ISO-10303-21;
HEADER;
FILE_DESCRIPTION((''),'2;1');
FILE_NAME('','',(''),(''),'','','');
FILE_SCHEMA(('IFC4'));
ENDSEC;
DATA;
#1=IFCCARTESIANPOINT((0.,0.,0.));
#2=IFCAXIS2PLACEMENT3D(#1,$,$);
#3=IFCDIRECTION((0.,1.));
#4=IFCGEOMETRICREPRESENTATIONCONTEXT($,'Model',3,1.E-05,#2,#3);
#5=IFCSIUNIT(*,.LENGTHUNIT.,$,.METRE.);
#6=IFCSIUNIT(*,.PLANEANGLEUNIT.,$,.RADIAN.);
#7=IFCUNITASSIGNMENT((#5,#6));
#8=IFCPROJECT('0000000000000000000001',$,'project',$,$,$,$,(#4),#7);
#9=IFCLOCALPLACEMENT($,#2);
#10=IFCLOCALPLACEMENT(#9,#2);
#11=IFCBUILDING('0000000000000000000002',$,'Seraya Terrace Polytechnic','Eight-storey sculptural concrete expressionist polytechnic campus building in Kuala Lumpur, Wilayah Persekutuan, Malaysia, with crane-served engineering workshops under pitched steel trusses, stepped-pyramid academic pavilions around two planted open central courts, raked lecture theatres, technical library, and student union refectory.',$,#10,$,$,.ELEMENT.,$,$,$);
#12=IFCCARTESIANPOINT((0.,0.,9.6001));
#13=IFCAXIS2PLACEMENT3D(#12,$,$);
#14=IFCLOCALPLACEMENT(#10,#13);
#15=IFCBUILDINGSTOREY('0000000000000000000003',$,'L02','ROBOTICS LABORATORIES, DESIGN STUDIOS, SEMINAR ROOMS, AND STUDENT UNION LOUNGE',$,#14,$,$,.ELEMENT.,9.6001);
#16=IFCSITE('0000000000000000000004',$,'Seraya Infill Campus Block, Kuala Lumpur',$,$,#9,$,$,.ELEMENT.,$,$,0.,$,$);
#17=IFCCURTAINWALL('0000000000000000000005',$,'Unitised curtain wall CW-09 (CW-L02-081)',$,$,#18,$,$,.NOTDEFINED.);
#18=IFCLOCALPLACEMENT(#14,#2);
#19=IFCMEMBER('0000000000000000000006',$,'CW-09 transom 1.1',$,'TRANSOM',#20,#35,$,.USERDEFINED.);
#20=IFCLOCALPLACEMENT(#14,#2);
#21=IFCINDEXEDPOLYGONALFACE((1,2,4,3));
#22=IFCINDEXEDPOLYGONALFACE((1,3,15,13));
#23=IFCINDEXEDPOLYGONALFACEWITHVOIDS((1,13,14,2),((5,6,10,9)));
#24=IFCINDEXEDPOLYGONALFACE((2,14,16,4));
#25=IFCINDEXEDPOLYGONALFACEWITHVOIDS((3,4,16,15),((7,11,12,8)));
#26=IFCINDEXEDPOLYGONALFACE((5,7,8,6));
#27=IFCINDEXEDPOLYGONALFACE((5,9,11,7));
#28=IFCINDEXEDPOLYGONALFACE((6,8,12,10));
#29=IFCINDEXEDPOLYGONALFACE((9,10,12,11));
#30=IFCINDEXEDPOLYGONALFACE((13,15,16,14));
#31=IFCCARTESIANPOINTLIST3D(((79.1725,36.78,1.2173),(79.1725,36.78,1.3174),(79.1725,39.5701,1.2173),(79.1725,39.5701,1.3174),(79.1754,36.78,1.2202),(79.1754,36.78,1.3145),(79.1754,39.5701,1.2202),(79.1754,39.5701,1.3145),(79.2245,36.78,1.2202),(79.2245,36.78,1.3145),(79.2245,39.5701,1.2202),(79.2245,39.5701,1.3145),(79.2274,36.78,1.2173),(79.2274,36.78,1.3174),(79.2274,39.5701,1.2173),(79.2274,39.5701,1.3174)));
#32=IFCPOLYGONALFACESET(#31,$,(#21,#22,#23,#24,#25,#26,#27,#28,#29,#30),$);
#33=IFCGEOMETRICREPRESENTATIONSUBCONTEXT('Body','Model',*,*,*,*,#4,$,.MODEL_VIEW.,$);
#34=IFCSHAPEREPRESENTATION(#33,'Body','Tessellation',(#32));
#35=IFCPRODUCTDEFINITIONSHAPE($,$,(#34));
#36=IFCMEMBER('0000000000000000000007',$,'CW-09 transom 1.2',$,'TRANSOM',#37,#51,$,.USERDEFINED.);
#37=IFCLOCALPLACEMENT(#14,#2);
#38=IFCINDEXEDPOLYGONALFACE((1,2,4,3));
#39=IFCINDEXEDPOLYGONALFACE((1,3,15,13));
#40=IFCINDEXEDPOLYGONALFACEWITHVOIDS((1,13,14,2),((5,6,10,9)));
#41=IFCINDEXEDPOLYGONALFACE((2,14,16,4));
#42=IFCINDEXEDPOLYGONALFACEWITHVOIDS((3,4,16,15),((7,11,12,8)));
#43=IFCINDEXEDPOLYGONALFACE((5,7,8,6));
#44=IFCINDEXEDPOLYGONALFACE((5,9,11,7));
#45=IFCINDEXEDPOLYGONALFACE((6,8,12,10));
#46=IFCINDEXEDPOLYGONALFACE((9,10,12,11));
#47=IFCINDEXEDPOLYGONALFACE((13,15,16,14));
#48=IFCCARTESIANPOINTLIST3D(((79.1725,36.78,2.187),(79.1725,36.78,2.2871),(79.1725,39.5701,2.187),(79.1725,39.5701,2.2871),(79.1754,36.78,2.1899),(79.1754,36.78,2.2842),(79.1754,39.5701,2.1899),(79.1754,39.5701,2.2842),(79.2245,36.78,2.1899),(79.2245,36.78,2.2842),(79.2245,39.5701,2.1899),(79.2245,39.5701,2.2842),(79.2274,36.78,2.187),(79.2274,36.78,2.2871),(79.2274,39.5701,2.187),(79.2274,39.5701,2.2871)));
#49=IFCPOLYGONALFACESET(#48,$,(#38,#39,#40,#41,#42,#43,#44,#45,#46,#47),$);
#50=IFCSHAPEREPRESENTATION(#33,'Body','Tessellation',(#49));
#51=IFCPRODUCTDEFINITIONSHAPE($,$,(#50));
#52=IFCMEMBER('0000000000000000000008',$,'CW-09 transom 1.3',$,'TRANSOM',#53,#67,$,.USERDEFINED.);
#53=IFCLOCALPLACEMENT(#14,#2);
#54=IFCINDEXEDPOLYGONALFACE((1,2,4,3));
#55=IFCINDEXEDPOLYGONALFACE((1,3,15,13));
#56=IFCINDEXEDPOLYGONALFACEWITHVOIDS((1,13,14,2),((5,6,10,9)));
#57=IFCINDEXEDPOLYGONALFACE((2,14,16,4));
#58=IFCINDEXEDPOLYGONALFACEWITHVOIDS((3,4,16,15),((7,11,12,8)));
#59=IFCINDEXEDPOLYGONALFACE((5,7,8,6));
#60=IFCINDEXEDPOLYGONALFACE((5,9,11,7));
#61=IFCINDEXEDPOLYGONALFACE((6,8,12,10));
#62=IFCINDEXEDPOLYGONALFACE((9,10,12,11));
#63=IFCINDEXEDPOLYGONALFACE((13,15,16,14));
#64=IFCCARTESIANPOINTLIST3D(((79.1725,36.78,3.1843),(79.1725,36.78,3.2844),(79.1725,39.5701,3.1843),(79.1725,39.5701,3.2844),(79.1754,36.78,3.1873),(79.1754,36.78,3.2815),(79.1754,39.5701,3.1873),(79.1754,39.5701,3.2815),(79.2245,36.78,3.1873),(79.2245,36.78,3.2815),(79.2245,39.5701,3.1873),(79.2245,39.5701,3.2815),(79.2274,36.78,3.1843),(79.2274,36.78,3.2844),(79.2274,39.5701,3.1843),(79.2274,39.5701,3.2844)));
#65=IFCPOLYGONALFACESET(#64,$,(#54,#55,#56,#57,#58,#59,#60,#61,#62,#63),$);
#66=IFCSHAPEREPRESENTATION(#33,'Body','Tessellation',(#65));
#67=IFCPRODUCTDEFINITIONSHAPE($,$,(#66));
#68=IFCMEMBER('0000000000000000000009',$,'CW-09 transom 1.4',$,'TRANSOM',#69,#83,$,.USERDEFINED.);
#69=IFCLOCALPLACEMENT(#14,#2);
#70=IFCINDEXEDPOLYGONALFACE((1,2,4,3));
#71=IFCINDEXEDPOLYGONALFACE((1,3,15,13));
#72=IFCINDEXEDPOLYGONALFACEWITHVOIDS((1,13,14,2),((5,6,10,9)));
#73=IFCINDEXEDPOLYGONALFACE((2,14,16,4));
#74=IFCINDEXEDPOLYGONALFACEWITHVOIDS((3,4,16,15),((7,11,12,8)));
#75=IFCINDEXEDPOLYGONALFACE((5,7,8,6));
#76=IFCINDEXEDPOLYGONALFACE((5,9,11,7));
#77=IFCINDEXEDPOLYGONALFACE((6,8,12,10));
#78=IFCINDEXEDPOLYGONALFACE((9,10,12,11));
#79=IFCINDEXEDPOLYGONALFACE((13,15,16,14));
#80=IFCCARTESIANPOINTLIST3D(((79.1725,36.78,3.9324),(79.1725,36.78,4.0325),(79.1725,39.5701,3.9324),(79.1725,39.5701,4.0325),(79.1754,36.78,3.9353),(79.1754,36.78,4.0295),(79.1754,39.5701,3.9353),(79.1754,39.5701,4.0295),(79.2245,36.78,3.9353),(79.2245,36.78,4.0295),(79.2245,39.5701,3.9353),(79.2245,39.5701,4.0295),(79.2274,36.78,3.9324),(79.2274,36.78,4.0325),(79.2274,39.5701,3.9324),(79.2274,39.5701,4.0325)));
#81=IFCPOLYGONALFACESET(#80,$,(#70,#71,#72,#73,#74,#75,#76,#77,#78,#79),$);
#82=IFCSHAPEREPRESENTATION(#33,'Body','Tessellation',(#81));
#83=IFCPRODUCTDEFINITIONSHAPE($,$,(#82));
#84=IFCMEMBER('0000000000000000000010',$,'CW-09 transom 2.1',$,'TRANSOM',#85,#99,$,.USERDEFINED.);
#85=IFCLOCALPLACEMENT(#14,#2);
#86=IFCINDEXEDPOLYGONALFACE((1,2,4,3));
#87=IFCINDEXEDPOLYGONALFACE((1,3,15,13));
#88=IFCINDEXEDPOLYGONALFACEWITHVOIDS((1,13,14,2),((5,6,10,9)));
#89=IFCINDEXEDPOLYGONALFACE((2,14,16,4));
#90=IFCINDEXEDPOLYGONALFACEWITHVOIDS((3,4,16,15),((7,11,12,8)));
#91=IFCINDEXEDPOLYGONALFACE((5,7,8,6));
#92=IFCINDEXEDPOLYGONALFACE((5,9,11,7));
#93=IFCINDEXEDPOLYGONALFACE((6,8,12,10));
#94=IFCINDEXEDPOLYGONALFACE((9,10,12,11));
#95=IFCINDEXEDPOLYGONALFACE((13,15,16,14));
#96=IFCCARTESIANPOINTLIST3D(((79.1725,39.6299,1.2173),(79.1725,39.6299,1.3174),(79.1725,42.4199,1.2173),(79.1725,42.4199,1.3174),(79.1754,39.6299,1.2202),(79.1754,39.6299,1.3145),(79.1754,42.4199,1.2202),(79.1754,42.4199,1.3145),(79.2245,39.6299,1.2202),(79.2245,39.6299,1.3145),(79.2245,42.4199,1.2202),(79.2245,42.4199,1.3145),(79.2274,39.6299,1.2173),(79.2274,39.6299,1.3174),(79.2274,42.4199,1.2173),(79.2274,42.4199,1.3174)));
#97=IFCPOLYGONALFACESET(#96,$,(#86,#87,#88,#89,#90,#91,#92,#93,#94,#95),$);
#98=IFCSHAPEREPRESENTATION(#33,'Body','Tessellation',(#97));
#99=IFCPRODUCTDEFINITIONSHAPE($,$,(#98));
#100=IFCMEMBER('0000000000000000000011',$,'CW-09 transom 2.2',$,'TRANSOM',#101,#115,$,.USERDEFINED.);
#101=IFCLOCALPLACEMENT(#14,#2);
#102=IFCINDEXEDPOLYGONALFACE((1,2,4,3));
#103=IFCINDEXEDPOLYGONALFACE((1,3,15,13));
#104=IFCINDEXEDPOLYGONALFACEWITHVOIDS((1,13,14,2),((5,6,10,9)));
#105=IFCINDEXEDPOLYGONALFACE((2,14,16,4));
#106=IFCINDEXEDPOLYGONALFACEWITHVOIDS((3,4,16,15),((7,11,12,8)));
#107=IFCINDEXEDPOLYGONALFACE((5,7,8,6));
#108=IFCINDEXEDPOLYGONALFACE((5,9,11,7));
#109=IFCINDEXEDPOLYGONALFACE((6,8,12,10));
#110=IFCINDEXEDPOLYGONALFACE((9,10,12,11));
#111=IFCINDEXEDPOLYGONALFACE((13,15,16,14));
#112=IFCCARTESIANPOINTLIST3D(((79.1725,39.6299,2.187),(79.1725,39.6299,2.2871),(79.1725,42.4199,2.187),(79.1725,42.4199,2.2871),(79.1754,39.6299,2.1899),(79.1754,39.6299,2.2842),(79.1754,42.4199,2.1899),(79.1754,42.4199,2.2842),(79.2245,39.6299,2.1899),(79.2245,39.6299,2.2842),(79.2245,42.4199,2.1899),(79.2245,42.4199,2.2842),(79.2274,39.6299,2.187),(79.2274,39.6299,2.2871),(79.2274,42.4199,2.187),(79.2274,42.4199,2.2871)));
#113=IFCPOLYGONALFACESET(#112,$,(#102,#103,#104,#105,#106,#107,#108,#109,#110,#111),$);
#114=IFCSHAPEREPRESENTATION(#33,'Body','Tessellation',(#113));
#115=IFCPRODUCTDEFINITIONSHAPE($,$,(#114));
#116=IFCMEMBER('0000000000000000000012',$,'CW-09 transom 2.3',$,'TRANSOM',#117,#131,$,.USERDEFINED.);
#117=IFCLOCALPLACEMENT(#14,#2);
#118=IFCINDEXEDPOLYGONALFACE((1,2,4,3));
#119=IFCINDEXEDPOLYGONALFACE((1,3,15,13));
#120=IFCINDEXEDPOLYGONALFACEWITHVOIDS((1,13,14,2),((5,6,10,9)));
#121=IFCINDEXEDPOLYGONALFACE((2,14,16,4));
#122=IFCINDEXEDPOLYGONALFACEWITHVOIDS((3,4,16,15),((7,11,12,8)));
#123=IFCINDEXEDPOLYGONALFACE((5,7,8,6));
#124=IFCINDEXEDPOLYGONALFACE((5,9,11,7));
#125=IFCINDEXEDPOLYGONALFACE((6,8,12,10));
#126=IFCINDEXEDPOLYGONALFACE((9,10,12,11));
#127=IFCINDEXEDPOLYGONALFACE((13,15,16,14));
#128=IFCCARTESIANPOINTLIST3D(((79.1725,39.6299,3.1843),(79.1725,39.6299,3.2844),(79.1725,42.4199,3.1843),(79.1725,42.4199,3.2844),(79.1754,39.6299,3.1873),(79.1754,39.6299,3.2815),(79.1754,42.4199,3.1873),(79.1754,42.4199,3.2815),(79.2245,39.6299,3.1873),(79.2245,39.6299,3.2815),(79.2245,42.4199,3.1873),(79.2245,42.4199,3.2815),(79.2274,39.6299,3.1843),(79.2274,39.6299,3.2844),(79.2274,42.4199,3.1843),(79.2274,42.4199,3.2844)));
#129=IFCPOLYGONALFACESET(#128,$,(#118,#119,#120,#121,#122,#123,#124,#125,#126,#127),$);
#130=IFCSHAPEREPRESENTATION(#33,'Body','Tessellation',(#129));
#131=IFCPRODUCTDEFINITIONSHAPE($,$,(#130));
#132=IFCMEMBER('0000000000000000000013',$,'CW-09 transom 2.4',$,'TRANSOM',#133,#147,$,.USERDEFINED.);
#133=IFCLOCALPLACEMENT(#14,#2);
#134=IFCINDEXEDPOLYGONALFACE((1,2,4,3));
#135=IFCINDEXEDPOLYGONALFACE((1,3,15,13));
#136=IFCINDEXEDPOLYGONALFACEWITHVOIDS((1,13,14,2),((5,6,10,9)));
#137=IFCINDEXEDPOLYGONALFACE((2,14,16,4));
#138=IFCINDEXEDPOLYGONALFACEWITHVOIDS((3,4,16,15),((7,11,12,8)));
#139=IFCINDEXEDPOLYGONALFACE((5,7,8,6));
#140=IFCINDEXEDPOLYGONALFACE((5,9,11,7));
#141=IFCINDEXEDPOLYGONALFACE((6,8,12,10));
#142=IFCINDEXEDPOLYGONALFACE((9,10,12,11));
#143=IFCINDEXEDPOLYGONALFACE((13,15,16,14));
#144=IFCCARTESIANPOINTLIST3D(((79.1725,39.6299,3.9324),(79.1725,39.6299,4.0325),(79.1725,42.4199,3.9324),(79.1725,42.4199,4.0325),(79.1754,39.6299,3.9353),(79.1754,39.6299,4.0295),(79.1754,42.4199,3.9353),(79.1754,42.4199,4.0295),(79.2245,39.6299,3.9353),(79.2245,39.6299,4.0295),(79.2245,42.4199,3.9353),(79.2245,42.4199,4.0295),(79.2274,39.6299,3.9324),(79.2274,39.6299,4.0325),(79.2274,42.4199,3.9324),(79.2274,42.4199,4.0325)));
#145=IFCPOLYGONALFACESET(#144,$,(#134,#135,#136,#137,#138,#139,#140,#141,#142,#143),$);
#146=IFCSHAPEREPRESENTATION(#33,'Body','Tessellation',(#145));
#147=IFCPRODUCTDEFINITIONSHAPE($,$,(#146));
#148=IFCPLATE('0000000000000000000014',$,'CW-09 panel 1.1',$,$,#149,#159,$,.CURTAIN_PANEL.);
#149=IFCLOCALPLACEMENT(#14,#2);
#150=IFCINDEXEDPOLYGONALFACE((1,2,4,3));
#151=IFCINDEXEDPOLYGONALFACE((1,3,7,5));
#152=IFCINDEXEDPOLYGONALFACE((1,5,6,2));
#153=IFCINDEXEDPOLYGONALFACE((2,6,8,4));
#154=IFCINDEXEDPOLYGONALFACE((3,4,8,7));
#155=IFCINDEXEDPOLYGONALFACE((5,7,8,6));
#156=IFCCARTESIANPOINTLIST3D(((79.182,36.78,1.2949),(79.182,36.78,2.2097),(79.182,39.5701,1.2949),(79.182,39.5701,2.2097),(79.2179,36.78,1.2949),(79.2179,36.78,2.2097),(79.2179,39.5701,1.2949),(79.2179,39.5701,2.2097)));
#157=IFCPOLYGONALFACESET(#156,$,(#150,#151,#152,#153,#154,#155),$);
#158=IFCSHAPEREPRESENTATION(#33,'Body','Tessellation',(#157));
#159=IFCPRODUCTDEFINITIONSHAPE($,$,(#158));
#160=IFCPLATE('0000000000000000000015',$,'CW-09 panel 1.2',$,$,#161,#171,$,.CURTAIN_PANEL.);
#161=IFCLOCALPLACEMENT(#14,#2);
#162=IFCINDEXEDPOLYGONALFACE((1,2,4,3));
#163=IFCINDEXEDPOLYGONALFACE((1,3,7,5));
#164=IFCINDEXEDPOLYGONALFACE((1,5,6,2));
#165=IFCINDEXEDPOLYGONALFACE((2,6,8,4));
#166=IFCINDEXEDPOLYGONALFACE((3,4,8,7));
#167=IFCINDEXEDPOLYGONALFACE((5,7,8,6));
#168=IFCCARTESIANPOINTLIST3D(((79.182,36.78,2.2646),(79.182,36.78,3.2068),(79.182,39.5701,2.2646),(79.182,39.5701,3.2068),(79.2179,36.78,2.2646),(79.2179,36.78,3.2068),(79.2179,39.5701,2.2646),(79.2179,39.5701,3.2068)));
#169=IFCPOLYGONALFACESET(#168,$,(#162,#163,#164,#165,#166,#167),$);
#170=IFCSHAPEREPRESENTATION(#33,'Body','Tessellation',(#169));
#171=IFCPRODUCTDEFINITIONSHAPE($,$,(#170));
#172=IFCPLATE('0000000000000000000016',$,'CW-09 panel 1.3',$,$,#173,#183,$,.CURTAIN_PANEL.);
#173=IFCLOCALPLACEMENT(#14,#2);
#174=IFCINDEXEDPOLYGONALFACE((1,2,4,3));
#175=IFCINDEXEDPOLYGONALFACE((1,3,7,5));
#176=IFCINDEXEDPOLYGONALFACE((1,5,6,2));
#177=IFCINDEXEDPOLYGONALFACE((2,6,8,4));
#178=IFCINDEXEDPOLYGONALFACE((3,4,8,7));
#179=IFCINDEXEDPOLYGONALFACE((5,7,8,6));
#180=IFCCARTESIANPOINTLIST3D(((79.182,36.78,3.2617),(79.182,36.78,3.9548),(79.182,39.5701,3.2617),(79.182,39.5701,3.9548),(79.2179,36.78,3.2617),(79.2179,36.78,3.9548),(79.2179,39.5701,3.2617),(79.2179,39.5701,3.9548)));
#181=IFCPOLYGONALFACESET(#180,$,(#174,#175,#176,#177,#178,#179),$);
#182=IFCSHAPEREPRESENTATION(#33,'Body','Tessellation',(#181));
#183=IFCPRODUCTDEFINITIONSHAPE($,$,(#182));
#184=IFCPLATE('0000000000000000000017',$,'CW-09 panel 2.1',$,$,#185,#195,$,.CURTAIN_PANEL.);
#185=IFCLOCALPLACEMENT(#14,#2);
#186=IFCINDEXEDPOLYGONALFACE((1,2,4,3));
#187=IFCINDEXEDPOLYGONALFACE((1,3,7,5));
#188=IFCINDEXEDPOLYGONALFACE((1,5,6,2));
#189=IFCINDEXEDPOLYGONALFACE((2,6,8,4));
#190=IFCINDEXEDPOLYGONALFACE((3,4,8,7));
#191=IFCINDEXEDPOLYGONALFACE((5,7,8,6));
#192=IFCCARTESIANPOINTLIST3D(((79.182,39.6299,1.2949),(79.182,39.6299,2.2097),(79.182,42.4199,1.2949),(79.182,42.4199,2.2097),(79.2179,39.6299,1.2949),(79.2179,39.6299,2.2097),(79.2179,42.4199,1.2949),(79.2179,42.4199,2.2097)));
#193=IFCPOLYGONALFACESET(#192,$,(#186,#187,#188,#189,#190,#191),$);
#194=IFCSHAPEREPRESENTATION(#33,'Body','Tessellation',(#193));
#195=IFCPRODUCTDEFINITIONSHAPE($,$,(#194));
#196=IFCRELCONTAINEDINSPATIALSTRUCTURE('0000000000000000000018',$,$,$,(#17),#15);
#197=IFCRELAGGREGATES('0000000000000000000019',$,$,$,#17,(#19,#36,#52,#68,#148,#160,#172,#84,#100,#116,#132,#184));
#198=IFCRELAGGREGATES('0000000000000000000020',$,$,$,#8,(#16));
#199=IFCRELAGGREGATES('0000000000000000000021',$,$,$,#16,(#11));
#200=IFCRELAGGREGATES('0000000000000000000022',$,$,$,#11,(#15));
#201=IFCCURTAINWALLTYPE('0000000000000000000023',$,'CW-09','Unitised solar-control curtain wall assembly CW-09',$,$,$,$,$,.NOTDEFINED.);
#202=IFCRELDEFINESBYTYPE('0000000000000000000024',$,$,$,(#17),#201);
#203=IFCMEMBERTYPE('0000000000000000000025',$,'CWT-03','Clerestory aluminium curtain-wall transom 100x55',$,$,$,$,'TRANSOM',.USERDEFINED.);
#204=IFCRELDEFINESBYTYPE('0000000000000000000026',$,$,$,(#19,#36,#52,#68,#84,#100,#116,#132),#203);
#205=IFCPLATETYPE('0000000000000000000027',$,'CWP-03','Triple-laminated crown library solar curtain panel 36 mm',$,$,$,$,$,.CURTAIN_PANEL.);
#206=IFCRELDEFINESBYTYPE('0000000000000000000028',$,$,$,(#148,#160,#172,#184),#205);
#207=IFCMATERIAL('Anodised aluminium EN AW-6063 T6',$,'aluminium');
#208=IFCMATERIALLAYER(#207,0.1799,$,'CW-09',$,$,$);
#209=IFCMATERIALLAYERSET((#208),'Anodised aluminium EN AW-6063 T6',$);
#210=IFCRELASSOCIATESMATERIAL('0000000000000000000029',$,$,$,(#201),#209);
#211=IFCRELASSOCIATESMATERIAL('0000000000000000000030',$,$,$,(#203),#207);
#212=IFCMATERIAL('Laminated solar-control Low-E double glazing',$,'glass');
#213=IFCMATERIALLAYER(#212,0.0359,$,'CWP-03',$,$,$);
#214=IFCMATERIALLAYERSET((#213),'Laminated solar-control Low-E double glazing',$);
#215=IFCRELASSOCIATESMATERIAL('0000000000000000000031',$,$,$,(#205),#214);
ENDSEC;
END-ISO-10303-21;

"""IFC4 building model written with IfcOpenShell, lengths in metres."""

from ifc_helpers import new_model, si_unit, direction, frame, origin, origin_2d, place, context, subcontext, project, spatial, rectangle, hollow_rectangle, extrude, material, layer, layer_set, material_profile, profile_set, type_object, element, aggregate, save


model = new_model("IFC4")

# Units and contexts
model_context = context("Model", 3, precision=1e-05, world=origin(), true_north=direction((0.0, 1.0)))
body_context = subcontext(model_context, "Body", "Model", "MODEL_VIEW")
ifc_project = project(units=[si_unit("LENGTHUNIT", "METRE"), si_unit("PLANEANGLEUNIT", "RADIAN")], contexts=[model_context])

# Site, building, storey
site_placement = place(None, origin())
site = spatial("IfcSite", under=ifc_project, at=site_placement, Name="Seraya Infill Campus Block, Kuala Lumpur", CompositionType="ELEMENT", RefElevation=0.0)
building_placement = place(site_placement, origin())
building = spatial("IfcBuilding", under=site, at=building_placement, Name="Seraya Terrace Polytechnic", Description="Eight-storey sculptural concrete expressionist polytechnic campus building in Kuala Lumpur, Wilayah Persekutuan, Malaysia, with crane-served engineering workshops under pitched steel trusses, stepped-pyramid academic pavilions around two planted open central courts, raked lecture theatres, technical library, and student union refectory.", CompositionType="ELEMENT")
storey_placement = place(building_placement, frame((0.0, 0.0, 9.6001)))
storey = spatial("IfcBuildingStorey", under=building, at=storey_placement, Name="L02", Description="ROBOTICS LABORATORIES, DESIGN STUDIOS, SEMINAR ROOMS, AND STUDENT UNION LOUNGE", CompositionType="ELEMENT", Elevation=9.6001)

# Curtain wall, members, plates
ifc_material_1 = material(Name="Anodised aluminium EN AW-6063 T6", Category="aluminium")
ifc_layer_1 = layer(ifc_material_1, 0.1799, Name="CW-09")
ifc_layer_set_1 = layer_set([ifc_layer_1], Name="Anodised aluminium EN AW-6063 T6")
curtain_wall_type = type_object("IfcCurtainWallType", Name="CW-09", Description="Unitised solar-control curtain wall assembly CW-09", PredefinedType="NOTDEFINED", material=ifc_layer_set_1)
curtain_wall_placement = place(storey_placement, origin())
curtain_wall = element("IfcCurtainWall", 1, at=curtain_wall_placement, inside=storey, type_object=curtain_wall_type, Name="Unitised curtain wall CW-09 (CW-L02-081)", PredefinedType="NOTDEFINED")
ifc_material_profile_1 = material_profile(ifc_material_1, hollow_rectangle(XDim=0.0549, YDim=0.1001, WallThickness=0.0029, at=origin_2d()), Name="RHS 100x55x3.0")
ifc_profile_set_1 = profile_set([ifc_material_profile_1], Name="Anodised aluminium EN AW-6063 T6")
member_type_1 = type_object("IfcMemberType", Name="CWT-03", Description="Clerestory aluminium curtain-wall transom 100x55", ElementType="TRANSOM", PredefinedType="USERDEFINED", material=ifc_profile_set_1)
member_1_placement = place(storey_placement, frame((79.2, 36.78, 1.2673), z_axis=(0.0, 1.0, 0.0), x_axis=(-1.0, 0.0, 0.0)))
member_1 = element("IfcMember", 2, at=member_1_placement, type_object=member_type_1, Name="CW-09 transom 1.1", ObjectType="TRANSOM", PredefinedType="USERDEFINED", context=body_context, shape_type="SweptSolid", body=[
    extrude(hollow_rectangle(XDim=0.0549, YDim=0.1001, WallThickness=0.0029, at=origin_2d()), origin(), (0.0, 0.0, 1.0), 2.79),
])
member_2_placement = place(storey_placement, frame((79.2, 36.78, 2.2371), z_axis=(0.0, 1.0, 0.0), x_axis=(-1.0, 0.0, 0.0)))
member_2 = element("IfcMember", 3, at=member_2_placement, type_object=member_type_1, Name="CW-09 transom 1.2", ObjectType="TRANSOM", PredefinedType="USERDEFINED", context=body_context, shape_type="SweptSolid", body=[
    extrude(hollow_rectangle(XDim=0.0549, YDim=0.1001, WallThickness=0.0029, at=origin_2d()), origin(), (0.0, 0.0, 1.0), 2.79),
])
member_3_placement = place(storey_placement, frame((79.2, 36.78, 3.2344), z_axis=(0.0, 1.0, 0.0), x_axis=(-1.0, 0.0, 0.0)))
member_3 = element("IfcMember", 4, at=member_3_placement, type_object=member_type_1, Name="CW-09 transom 1.3", ObjectType="TRANSOM", PredefinedType="USERDEFINED", context=body_context, shape_type="SweptSolid", body=[
    extrude(hollow_rectangle(XDim=0.0549, YDim=0.1001, WallThickness=0.0029, at=origin_2d()), origin(), (0.0, 0.0, 1.0), 2.79),
])
member_4_placement = place(storey_placement, frame((79.2, 36.78, 3.9824), z_axis=(0.0, 1.0, 0.0), x_axis=(-1.0, 0.0, 0.0)))
member_4 = element("IfcMember", 5, at=member_4_placement, type_object=member_type_1, Name="CW-09 transom 1.4", ObjectType="TRANSOM", PredefinedType="USERDEFINED", context=body_context, shape_type="SweptSolid", body=[
    extrude(hollow_rectangle(XDim=0.0549, YDim=0.1001, WallThickness=0.0029, at=origin_2d()), origin(), (0.0, 0.0, 1.0), 2.79),
])
member_5_placement = place(storey_placement, frame((79.2, 39.6299, 1.2673), z_axis=(0.0, 1.0, 0.0), x_axis=(-1.0, 0.0, 0.0)))
member_5 = element("IfcMember", 6, at=member_5_placement, type_object=member_type_1, Name="CW-09 transom 2.1", ObjectType="TRANSOM", PredefinedType="USERDEFINED", context=body_context, shape_type="SweptSolid", body=[
    extrude(hollow_rectangle(XDim=0.0549, YDim=0.1001, WallThickness=0.0029, at=origin_2d()), origin(), (0.0, 0.0, 1.0), 2.79),
])
member_6_placement = place(storey_placement, frame((79.2, 39.6299, 2.2371), z_axis=(0.0, 1.0, 0.0), x_axis=(-1.0, 0.0, 0.0)))
member_6 = element("IfcMember", 7, at=member_6_placement, type_object=member_type_1, Name="CW-09 transom 2.2", ObjectType="TRANSOM", PredefinedType="USERDEFINED", context=body_context, shape_type="SweptSolid", body=[
    extrude(hollow_rectangle(XDim=0.0549, YDim=0.1001, WallThickness=0.0029, at=origin_2d()), origin(), (0.0, 0.0, 1.0), 2.79),
])
member_7_placement = place(storey_placement, frame((79.2, 39.6299, 3.2344), z_axis=(0.0, 1.0, 0.0), x_axis=(-1.0, 0.0, 0.0)))
member_7 = element("IfcMember", 8, at=member_7_placement, type_object=member_type_1, Name="CW-09 transom 2.3", ObjectType="TRANSOM", PredefinedType="USERDEFINED", context=body_context, shape_type="SweptSolid", body=[
    extrude(hollow_rectangle(XDim=0.0549, YDim=0.1001, WallThickness=0.0029, at=origin_2d()), origin(), (0.0, 0.0, 1.0), 2.79),
])
member_8_placement = place(storey_placement, frame((79.2, 39.6299, 3.9824), z_axis=(0.0, 1.0, 0.0), x_axis=(-1.0, 0.0, 0.0)))
member_8 = element("IfcMember", 9, at=member_8_placement, type_object=member_type_1, Name="CW-09 transom 2.4", ObjectType="TRANSOM", PredefinedType="USERDEFINED", context=body_context, shape_type="SweptSolid", body=[
    extrude(hollow_rectangle(XDim=0.0549, YDim=0.1001, WallThickness=0.0029, at=origin_2d()), origin(), (0.0, 0.0, 1.0), 2.79),
])
ifc_material_2 = material(Name="Laminated solar-control Low-E double glazing", Category="glass")
ifc_layer_2 = layer(ifc_material_2, 0.0359, Name="CWP-03")
ifc_layer_set_2 = layer_set([ifc_layer_2], Name="Laminated solar-control Low-E double glazing")
plate_type = type_object("IfcPlateType", Name="CWP-03", Description="Triple-laminated crown library solar curtain panel 36 mm", PredefinedType="CURTAIN_PANEL", material=ifc_layer_set_2)
plate_1_placement = place(storey_placement, frame((79.2, 38.175, 1.2949), z_axis=(0.0, 0.0, 1.0), x_axis=(0.0, 1.0, 0.0)))
plate_1 = element("IfcPlate", 10, at=plate_1_placement, type_object=plate_type, Name="CW-09 panel 1.1", PredefinedType="CURTAIN_PANEL", context=body_context, shape_type="SweptSolid", body=[
    extrude(rectangle(XDim=2.79, YDim=0.0359, at=origin_2d()), origin(), (0.0, 0.0, 1.0), 0.9148),
])
plate_2_placement = place(storey_placement, frame((79.2, 38.175, 2.2646), z_axis=(0.0, 0.0, 1.0), x_axis=(0.0, 1.0, 0.0)))
plate_2 = element("IfcPlate", 11, at=plate_2_placement, type_object=plate_type, Name="CW-09 panel 1.2", PredefinedType="CURTAIN_PANEL", context=body_context, shape_type="SweptSolid", body=[
    extrude(rectangle(XDim=2.79, YDim=0.0359, at=origin_2d()), origin(), (0.0, 0.0, 1.0), 0.9421),
])
plate_3_placement = place(storey_placement, frame((79.2, 38.175, 3.2617), z_axis=(0.0, 0.0, 1.0), x_axis=(0.0, 1.0, 0.0)))
plate_3 = element("IfcPlate", 12, at=plate_3_placement, type_object=plate_type, Name="CW-09 panel 1.3", PredefinedType="CURTAIN_PANEL", context=body_context, shape_type="SweptSolid", body=[
    extrude(rectangle(XDim=2.79, YDim=0.0359, at=origin_2d()), origin(), (0.0, 0.0, 1.0), 0.6931),
])
plate_4_placement = place(storey_placement, frame((79.2, 41.0249, 1.2949), z_axis=(0.0, 0.0, 1.0), x_axis=(0.0, 1.0, 0.0)))
plate_4 = element("IfcPlate", 13, at=plate_4_placement, type_object=plate_type, Name="CW-09 panel 2.1", PredefinedType="CURTAIN_PANEL", context=body_context, shape_type="SweptSolid", body=[
    extrude(rectangle(XDim=2.79, YDim=0.0359, at=origin_2d()), origin(), (0.0, 0.0, 1.0), 0.9148),
])
aggregate(curtain_wall, [member_1, member_2, member_3, member_4, plate_1, plate_2, plate_3, member_5, member_6, member_7, member_8, plate_4])

save(model, "model.ifc")
